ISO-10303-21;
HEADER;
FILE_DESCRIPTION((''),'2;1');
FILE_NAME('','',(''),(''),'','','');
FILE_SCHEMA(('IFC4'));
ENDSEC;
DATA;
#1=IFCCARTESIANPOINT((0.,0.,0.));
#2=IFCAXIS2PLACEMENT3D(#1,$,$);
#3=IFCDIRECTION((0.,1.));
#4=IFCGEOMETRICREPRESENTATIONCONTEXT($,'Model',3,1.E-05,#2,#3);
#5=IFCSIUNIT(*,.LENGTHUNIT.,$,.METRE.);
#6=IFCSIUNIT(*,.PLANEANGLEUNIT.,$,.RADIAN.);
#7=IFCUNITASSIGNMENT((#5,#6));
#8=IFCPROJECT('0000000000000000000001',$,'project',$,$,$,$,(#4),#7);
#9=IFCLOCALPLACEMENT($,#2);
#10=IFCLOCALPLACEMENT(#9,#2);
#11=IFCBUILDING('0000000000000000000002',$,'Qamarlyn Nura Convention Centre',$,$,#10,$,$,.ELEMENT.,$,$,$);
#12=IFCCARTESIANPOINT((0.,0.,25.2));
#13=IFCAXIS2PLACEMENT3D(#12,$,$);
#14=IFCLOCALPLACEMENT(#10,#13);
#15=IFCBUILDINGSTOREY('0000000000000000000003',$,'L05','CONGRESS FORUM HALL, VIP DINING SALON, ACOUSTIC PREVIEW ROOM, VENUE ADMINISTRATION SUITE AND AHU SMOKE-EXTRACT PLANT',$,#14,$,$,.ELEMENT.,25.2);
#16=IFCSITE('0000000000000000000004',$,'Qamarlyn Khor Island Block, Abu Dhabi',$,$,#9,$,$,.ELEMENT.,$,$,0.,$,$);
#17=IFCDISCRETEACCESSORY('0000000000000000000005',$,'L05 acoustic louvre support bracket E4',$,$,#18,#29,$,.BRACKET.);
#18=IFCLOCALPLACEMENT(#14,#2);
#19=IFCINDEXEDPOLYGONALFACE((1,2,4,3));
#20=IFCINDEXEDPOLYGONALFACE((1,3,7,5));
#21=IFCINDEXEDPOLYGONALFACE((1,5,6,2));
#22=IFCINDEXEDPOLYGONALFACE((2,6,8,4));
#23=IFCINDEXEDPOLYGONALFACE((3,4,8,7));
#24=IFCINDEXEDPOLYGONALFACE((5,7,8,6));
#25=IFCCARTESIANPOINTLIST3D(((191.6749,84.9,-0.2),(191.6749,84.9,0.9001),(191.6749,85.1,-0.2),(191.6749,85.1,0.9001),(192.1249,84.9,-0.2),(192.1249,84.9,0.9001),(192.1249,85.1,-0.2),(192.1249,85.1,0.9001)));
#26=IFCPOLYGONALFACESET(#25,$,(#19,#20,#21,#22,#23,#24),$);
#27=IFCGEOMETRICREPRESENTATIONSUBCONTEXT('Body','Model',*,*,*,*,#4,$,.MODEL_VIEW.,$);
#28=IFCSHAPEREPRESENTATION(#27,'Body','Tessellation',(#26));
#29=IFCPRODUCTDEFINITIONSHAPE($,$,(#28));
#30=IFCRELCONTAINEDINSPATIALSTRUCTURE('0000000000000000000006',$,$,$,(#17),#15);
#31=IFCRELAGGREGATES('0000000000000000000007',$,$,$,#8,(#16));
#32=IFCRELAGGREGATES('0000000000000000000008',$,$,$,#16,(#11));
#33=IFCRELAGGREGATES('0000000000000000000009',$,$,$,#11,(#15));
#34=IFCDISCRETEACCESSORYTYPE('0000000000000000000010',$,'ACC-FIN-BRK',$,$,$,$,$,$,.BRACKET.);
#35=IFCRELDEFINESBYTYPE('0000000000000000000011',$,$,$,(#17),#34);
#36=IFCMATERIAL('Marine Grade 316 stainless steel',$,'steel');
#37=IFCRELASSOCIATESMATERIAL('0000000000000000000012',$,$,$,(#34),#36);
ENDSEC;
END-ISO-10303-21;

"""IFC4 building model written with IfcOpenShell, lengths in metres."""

from ifc_helpers import new_model, si_unit, direction, frame, origin, origin_2d, place, context, subcontext, project, spatial, rectangle, extrude, material, type_object, element, save


model = new_model("IFC4")

# Units and contexts
model_context = context("Model", 3, precision=1e-05, world=origin(), true_north=direction((0.0, 1.0)))
body_context = subcontext(model_context, "Body", "Model", "MODEL_VIEW")
ifc_project = project(units=[si_unit("LENGTHUNIT", "METRE"), si_unit("PLANEANGLEUNIT", "RADIAN")], contexts=[model_context])

# Site, building, storey
site_placement = place(None, origin())
site = spatial("IfcSite", under=ifc_project, at=site_placement, Name="Qamarlyn Khor Island Block, Abu Dhabi", CompositionType="ELEMENT", RefElevation=0.0)
building_placement = place(site_placement, origin())
building = spatial("IfcBuilding", under=site, at=building_placement, Name="Qamarlyn Nura Convention Centre", CompositionType="ELEMENT")
storey_placement = place(building_placement, frame((0.0, 0.0, 25.2)))
storey = spatial("IfcBuildingStorey", under=building, at=storey_placement, Name="L05", Description="CONGRESS FORUM HALL, VIP DINING SALON, ACOUSTIC PREVIEW ROOM, VENUE ADMINISTRATION SUITE AND AHU SMOKE-EXTRACT PLANT", CompositionType="ELEMENT", Elevation=25.2)

# Shared definitions
ifc_material_1 = material(Name="Marine Grade 316 stainless steel", Category="steel")

# Discrete accessory
discrete_accessory_type = type_object("IfcDiscreteAccessoryType", Name="ACC-FIN-BRK", PredefinedType="BRACKET", material=ifc_material_1)
for number, where, z_axis, x_axis, name in (
    (1, (191.8999, 85.0, -0.2), (0.0, 0.0, 1.0), (1.0, 0.0, 0.0), "L05 acoustic louvre support bracket E4"),
):
    element("IfcDiscreteAccessory", number, at=place(storey_placement, frame(where, z_axis=z_axis, x_axis=x_axis)), inside=storey, type_object=discrete_accessory_type, Name=name, PredefinedType="BRACKET", context=body_context, shape_type="SweptSolid", body=[
        extrude(rectangle(XDim=0.45, YDim=0.2, at=origin_2d()), origin(), (0.0, 0.0, 1.0), 1.1001),
    ])

save(model, "model.ifc")
